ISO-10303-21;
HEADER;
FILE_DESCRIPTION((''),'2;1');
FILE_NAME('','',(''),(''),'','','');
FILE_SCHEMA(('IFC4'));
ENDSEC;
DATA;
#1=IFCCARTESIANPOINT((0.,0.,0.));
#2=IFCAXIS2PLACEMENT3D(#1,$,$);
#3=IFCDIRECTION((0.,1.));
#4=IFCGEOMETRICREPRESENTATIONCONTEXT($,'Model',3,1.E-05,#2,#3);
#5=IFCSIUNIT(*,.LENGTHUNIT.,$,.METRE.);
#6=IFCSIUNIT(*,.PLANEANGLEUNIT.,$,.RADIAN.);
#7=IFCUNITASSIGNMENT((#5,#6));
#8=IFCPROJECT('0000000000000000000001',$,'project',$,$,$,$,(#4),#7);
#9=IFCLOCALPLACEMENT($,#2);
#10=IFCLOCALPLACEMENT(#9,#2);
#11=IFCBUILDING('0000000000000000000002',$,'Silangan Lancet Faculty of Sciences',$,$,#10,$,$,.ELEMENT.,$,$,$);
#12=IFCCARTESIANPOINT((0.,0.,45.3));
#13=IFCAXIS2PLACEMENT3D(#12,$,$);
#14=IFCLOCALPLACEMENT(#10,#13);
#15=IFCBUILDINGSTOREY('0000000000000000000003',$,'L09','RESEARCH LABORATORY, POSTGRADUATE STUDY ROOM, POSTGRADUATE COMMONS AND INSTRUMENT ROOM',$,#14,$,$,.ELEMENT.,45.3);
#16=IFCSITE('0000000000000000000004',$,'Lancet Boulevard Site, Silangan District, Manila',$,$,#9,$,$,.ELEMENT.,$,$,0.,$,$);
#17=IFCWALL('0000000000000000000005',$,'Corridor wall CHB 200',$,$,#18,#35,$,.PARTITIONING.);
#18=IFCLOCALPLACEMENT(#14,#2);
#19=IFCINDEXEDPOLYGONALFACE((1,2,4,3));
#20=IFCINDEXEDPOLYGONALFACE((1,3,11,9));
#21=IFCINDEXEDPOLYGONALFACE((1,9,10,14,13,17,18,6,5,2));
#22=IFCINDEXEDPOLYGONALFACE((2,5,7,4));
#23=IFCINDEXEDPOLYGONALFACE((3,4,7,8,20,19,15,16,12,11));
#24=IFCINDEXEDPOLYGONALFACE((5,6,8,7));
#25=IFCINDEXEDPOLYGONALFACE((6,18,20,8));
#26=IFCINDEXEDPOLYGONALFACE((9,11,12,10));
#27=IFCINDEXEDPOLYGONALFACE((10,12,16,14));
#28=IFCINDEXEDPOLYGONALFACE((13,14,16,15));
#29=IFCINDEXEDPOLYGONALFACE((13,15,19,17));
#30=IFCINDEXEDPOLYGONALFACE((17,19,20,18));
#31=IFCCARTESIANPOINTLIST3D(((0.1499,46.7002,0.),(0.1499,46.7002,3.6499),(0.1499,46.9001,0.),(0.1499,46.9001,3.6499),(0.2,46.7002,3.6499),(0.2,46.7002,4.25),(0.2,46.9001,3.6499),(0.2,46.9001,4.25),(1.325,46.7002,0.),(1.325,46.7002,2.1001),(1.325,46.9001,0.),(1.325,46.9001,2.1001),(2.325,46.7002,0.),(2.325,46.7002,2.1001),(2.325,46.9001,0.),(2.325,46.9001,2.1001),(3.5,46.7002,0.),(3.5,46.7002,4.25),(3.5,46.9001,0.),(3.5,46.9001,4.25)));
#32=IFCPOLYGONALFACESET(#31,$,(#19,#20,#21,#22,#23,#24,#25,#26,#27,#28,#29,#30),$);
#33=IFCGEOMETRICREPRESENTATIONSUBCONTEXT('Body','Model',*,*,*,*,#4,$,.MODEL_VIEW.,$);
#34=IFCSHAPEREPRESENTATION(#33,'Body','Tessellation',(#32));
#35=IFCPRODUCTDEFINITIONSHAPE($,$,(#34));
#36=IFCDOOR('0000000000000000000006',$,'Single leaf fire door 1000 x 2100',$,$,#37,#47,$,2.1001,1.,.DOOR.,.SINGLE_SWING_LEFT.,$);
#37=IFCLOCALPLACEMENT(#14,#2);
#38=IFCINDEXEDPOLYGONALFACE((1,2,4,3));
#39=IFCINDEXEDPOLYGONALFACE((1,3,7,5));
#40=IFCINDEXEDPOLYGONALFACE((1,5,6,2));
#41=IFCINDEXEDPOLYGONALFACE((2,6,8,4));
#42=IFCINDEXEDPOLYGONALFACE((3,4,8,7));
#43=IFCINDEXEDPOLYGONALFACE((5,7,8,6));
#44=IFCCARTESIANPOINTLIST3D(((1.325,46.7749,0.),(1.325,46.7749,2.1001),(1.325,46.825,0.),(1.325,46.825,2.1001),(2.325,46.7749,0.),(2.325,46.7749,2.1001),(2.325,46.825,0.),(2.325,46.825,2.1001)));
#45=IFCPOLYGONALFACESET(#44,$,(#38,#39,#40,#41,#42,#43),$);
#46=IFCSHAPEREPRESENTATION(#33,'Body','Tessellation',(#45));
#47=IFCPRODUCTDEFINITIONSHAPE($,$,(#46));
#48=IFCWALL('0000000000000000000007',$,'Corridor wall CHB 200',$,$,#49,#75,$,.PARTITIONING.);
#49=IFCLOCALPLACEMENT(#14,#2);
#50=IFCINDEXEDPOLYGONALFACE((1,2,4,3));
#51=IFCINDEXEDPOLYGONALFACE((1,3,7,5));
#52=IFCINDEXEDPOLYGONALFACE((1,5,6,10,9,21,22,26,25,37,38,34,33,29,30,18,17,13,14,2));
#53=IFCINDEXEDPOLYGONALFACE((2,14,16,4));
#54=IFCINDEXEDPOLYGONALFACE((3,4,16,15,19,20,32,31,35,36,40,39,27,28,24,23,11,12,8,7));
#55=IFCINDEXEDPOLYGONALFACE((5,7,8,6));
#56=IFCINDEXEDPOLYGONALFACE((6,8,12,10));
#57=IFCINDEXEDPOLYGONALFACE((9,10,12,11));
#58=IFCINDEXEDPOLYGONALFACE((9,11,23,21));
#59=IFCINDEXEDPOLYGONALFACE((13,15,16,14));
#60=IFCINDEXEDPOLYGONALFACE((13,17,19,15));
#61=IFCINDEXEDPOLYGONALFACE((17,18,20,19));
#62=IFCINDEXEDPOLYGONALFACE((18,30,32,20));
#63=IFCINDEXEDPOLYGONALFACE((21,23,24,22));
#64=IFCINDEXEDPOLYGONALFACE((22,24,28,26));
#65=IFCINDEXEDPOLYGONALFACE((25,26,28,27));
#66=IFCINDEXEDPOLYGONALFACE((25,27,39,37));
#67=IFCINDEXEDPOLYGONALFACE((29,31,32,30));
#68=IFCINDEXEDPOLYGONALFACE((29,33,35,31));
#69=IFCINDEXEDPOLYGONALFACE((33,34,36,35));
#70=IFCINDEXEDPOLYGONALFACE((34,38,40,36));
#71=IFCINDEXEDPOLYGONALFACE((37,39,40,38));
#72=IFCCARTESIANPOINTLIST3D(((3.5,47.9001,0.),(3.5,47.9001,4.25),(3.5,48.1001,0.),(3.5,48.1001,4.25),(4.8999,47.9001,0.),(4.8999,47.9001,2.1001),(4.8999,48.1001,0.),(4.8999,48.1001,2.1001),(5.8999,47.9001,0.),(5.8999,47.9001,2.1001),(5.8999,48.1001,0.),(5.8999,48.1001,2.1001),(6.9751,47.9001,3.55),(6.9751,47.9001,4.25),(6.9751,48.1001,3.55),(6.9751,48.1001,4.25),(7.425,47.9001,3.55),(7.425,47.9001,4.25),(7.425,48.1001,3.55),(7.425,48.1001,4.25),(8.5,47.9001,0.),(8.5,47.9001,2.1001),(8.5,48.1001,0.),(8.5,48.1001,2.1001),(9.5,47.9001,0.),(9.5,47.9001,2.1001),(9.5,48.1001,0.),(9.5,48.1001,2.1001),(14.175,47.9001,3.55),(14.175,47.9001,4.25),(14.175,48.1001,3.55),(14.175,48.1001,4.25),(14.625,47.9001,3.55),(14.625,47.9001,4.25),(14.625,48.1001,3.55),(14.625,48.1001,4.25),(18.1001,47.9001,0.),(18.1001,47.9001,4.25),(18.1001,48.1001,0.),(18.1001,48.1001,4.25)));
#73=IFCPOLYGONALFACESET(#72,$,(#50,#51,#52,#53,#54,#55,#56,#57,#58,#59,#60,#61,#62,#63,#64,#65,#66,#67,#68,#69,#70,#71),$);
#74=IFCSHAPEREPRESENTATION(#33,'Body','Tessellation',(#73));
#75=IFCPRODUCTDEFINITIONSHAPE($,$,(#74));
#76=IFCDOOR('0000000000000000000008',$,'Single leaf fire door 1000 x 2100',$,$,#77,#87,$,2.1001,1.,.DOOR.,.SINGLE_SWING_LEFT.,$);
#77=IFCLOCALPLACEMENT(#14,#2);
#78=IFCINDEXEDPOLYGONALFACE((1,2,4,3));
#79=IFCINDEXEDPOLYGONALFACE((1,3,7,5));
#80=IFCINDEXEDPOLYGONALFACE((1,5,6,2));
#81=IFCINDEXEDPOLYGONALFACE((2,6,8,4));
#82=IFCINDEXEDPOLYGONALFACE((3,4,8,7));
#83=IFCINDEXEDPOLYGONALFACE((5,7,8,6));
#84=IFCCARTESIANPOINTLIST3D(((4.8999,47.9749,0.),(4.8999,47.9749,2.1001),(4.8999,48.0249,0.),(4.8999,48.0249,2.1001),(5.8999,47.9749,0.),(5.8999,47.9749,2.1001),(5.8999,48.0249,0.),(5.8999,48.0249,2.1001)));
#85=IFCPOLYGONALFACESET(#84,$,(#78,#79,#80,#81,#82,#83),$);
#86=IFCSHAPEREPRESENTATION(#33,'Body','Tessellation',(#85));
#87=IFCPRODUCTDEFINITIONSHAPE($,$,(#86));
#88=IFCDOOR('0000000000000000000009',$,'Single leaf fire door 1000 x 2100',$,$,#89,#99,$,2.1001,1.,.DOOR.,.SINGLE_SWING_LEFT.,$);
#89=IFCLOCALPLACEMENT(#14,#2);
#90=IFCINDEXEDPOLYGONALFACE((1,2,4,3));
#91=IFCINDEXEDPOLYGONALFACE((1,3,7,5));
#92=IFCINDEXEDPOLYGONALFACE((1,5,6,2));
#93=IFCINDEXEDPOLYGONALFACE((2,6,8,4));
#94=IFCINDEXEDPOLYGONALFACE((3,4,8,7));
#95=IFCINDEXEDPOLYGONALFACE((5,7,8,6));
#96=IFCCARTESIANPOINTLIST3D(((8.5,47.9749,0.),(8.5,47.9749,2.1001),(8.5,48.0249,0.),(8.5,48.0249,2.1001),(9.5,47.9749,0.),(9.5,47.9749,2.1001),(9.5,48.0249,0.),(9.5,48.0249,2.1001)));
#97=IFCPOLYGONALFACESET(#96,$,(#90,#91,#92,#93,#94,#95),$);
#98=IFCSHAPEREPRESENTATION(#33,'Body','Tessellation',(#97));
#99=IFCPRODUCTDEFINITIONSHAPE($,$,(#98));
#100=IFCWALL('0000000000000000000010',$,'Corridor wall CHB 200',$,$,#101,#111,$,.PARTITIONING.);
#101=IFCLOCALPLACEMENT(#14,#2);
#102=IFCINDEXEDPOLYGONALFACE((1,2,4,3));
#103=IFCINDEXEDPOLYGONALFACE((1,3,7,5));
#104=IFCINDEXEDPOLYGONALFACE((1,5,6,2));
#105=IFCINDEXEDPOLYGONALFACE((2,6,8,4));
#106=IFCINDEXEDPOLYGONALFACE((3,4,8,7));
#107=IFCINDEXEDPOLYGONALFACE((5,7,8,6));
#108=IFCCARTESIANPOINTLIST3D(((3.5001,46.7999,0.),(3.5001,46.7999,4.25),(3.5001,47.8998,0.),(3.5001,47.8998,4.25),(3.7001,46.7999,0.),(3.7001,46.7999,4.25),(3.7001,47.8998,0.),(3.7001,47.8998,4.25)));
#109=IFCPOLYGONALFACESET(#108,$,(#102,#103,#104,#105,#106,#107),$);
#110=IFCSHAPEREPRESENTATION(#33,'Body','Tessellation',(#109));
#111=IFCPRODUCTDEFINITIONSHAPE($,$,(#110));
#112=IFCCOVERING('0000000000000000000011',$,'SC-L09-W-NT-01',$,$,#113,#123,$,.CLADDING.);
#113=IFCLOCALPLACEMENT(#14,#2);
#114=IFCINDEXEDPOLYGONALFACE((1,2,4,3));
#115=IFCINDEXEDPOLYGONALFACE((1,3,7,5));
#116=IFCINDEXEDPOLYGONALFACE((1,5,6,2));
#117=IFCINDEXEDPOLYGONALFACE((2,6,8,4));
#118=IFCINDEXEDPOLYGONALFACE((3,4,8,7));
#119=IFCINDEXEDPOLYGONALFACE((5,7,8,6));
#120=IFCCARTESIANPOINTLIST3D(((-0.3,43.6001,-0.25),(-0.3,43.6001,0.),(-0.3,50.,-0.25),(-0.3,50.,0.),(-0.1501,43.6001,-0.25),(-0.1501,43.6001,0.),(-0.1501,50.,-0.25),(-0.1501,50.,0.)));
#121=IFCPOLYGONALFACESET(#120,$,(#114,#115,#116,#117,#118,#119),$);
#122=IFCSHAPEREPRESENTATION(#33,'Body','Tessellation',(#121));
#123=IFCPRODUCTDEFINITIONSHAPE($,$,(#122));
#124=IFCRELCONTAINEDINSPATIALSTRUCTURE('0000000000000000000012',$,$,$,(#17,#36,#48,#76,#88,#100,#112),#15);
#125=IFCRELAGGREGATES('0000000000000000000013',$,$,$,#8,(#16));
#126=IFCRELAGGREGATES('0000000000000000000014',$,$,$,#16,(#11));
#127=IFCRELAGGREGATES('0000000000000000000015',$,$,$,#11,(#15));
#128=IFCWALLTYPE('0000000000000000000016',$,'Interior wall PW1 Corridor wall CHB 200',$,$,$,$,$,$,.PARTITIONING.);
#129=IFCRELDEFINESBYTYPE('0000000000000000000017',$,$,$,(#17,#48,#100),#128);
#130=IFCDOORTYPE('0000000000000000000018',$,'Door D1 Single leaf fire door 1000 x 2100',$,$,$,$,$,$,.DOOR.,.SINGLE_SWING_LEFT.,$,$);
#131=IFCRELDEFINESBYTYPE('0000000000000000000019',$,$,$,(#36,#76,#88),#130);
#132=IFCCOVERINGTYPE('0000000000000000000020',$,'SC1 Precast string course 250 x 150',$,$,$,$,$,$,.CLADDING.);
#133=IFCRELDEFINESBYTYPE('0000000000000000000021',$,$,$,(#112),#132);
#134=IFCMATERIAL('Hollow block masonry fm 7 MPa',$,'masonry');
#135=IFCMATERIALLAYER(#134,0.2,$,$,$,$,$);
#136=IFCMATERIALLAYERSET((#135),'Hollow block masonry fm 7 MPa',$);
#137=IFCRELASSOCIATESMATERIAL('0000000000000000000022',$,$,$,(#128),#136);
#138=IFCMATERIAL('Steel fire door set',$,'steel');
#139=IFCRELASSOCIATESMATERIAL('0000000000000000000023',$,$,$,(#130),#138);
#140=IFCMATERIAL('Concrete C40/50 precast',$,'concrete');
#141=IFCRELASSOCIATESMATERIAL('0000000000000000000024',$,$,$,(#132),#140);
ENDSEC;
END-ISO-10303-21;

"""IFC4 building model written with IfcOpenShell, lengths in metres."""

from ifc_helpers import new_model, si_unit, direction, frame, frame_2d, origin, origin_2d, place, context, subcontext, project, spatial, polyline, rectangle, outline, extrude, material, layer, layer_set, type_object, element, fill, save


model = new_model("IFC4")

# Units and contexts
model_context = context("Model", 3, precision=1e-05, world=origin(), true_north=direction((0.0, 1.0)))
body_context = subcontext(model_context, "Body", "Model", "MODEL_VIEW")
ifc_project = project(units=[si_unit("LENGTHUNIT", "METRE"), si_unit("PLANEANGLEUNIT", "RADIAN")], contexts=[model_context])

# Site, building, storey
site_placement = place(None, origin())
site = spatial("IfcSite", under=ifc_project, at=site_placement, Name="Lancet Boulevard Site, Silangan District, Manila", CompositionType="ELEMENT", RefElevation=0.0)
building_placement = place(site_placement, origin())
building = spatial("IfcBuilding", under=site, at=building_placement, Name="Silangan Lancet Faculty of Sciences", CompositionType="ELEMENT")
storey_placement = place(building_placement, frame((0.0, 0.0, 45.3)))
storey = spatial("IfcBuildingStorey", under=building, at=storey_placement, Name="L09", Description="RESEARCH LABORATORY, POSTGRADUATE STUDY ROOM, POSTGRADUATE COMMONS AND INSTRUMENT ROOM", CompositionType="ELEMENT", Elevation=45.3)

# Wall, opening, door
ifc_material_1 = material(Name="Hollow block masonry fm 7 MPa", Category="masonry")
ifc_layer_1 = layer(ifc_material_1, 0.2)
ifc_layer_set_1 = layer_set([ifc_layer_1], Name="Hollow block masonry fm 7 MPa")
wall_type_1 = type_object("IfcWallType", Name="Interior wall PW1 Corridor wall CHB 200", PredefinedType="PARTITIONING", material=ifc_layer_set_1)
wall_1_placement = place(storey_placement, frame((0.1499, 46.8, 0.0), z_axis=(0.0, 0.0, 1.0), x_axis=(1.0, 0.0, 0.0)))
wall_1 = element("IfcWall", 1, at=wall_1_placement, inside=storey, type_object=wall_type_1, Name="Corridor wall CHB 200", PredefinedType="PARTITIONING", context=body_context, shape_type="SweptSolid", body=[
    extrude(outline(polyline([(0.0, 0.0), (3.3501, 0.0), (3.3501, 4.25), (0.05, 4.25), (0.05, 3.6499), (0.0, 3.6499), (0.0, 0.0)])), frame((0.0, 0.1001, 0.0), z_axis=(0.0, -1.0, 0.0), x_axis=(1.0, 0.0, 0.0)), (0.0, 0.0, 1.0), 0.2),
])
opening_1_placement = place(wall_1_placement, frame((1.175, 0.0, 0.0)))
opening_1 = element("IfcOpeningElement", 2, at=opening_1_placement, cuts=wall_1, PredefinedType="OPENING", context=body_context, shape_type="SweptSolid", body=[
    extrude(rectangle(XDim=1.0, YDim=2.1001, at=frame_2d((0.5, 1.05))), frame((0.0, 0.1099, 0.0), z_axis=(0.0, -1.0, 0.0), x_axis=(1.0, 0.0, 0.0)), (0.0, 0.0, 1.0), 0.22),
])
ifc_material_2 = material(Name="Steel fire door set", Category="steel")
door_type = type_object("IfcDoorType", Name="Door D1 Single leaf fire door 1000 x 2100", OperationType="SINGLE_SWING_LEFT", PredefinedType="DOOR", material=ifc_material_2)
door_1_placement = place(opening_1_placement, frame((1.0, 0.0, 0.0), z_axis=(0.0, 0.0, 1.0), x_axis=(-1.0, 0.0, 0.0)))
door_1 = element("IfcDoor", 3, at=door_1_placement, inside=storey, type_object=door_type, Name="Single leaf fire door 1000 x 2100", OperationType="SINGLE_SWING_LEFT", OverallHeight=2.1001, OverallWidth=1.0, PredefinedType="DOOR", context=body_context, shape_type="SweptSolid", body=[
    extrude(rectangle(XDim=1.0, YDim=2.1001, at=frame_2d((0.5, 1.05))), frame((0.0, 0.0251, 0.0), z_axis=(0.0, -1.0, 0.0), x_axis=(1.0, 0.0, 0.0)), (0.0, 0.0, 1.0), 0.05),
])
fill(opening_1, door_1)

# Wall, openings, doors
wall_2_placement = place(storey_placement, frame((3.5, 48.0, 0.0), z_axis=(0.0, 0.0, 1.0), x_axis=(1.0, 0.0, 0.0)))
wall_2 = element("IfcWall", 4, at=wall_2_placement, inside=storey, type_object=wall_type_1, Name="Corridor wall CHB 200", PredefinedType="PARTITIONING", context=body_context, shape_type="SweptSolid", body=[
    extrude(outline(polyline([(0.0, 0.0), (14.6001, 0.0), (14.6001, 4.25), (11.125, 4.25), (11.125, 3.55), (10.675, 3.55), (10.675, 4.25), (3.925, 4.25), (3.925, 3.55), (3.4751, 3.55), (3.4751, 4.25), (0.0, 4.25), (0.0, 0.0)])), frame((0.0, 0.1001, 0.0), z_axis=(0.0, -1.0, 0.0), x_axis=(1.0, 0.0, 0.0)), (0.0, 0.0, 1.0), 0.2),
])
opening_2_placement = place(wall_2_placement, frame((1.3999, 0.0, 0.0)))
opening_2 = element("IfcOpeningElement", 5, at=opening_2_placement, cuts=wall_2, PredefinedType="OPENING", context=body_context, shape_type="SweptSolid", body=[
    extrude(rectangle(XDim=1.0, YDim=2.1001, at=frame_2d((0.5, 1.05))), frame((0.0, 0.1099, 0.0), z_axis=(0.0, -1.0, 0.0), x_axis=(1.0, 0.0, 0.0)), (0.0, 0.0, 1.0), 0.22),
])
opening_3_placement = place(wall_2_placement, frame((5.0, 0.0, 0.0)))
opening_3 = element("IfcOpeningElement", 6, at=opening_3_placement, cuts=wall_2, PredefinedType="OPENING", context=body_context, shape_type="SweptSolid", body=[
    extrude(rectangle(XDim=1.0, YDim=2.1001, at=frame_2d((0.5, 1.05))), frame((0.0, 0.1099, 0.0), z_axis=(0.0, -1.0, 0.0), x_axis=(1.0, 0.0, 0.0)), (0.0, 0.0, 1.0), 0.22),
])
door_2_placement = place(opening_2_placement, frame((1.0, 0.0, 0.0), z_axis=(0.0, 0.0, 1.0), x_axis=(-1.0, 0.0, 0.0)))
door_2 = element("IfcDoor", 7, at=door_2_placement, inside=storey, type_object=door_type, Name="Single leaf fire door 1000 x 2100", OperationType="SINGLE_SWING_LEFT", OverallHeight=2.1001, OverallWidth=1.0, PredefinedType="DOOR", context=body_context, shape_type="SweptSolid", body=[
    extrude(rectangle(XDim=1.0, YDim=2.1001, at=frame_2d((0.5, 1.05))), frame((0.0, 0.0251, 0.0), z_axis=(0.0, -1.0, 0.0), x_axis=(1.0, 0.0, 0.0)), (0.0, 0.0, 1.0), 0.05),
])
fill(opening_2, door_2)
door_3_placement = place(opening_3_placement, frame((1.0, 0.0, 0.0), z_axis=(0.0, 0.0, 1.0), x_axis=(-1.0, 0.0, 0.0)))
door_3 = element("IfcDoor", 8, at=door_3_placement, inside=storey, type_object=door_type, Name="Single leaf fire door 1000 x 2100", OperationType="SINGLE_SWING_LEFT", OverallHeight=2.1001, OverallWidth=1.0, PredefinedType="DOOR", context=body_context, shape_type="SweptSolid", body=[
    extrude(rectangle(XDim=1.0, YDim=2.1001, at=frame_2d((0.5, 1.05))), frame((0.0, 0.0251, 0.0), z_axis=(0.0, -1.0, 0.0), x_axis=(1.0, 0.0, 0.0)), (0.0, 0.0, 1.0), 0.05),
])
fill(opening_3, door_3)

# Wall
wall_3_placement = place(storey_placement, frame((3.6001, 46.8, 0.0), z_axis=(0.0, 0.0, 1.0), x_axis=(0.0, 1.0, 0.0)))
element("IfcWall", 9, at=wall_3_placement, inside=storey, type_object=wall_type_1, Name="Corridor wall CHB 200", PredefinedType="PARTITIONING", context=body_context, shape_type="SweptSolid", body=[
    extrude(rectangle(XDim=1.0999, YDim=0.2, at=frame_2d((0.5498, 0.0))), origin(), (0.0, 0.0, 1.0), 4.25),
])

# Covering
ifc_material_3 = material(Name="Concrete C40/50 precast", Category="concrete")
covering_type = type_object("IfcCoveringType", Name="SC1 Precast string course 250 x 150", PredefinedType="CLADDING", material=ifc_material_3)
covering_placement = place(storey_placement, frame((-0.2251, 46.8, -0.25), z_axis=(0.0, 0.0, 1.0), x_axis=(1.0, 0.0, 0.0)))
element("IfcCovering", 10, at=covering_placement, inside=storey, type_object=covering_type, Name="SC-L09-W-NT-01", PredefinedType="CLADDING", context=body_context, shape_type="SweptSolid", body=[
    extrude(rectangle(XDim=0.1499, YDim=6.3999, at=origin_2d()), origin(), (0.0, 0.0, 1.0), 0.25),
])

save(model, "model.ifc")
